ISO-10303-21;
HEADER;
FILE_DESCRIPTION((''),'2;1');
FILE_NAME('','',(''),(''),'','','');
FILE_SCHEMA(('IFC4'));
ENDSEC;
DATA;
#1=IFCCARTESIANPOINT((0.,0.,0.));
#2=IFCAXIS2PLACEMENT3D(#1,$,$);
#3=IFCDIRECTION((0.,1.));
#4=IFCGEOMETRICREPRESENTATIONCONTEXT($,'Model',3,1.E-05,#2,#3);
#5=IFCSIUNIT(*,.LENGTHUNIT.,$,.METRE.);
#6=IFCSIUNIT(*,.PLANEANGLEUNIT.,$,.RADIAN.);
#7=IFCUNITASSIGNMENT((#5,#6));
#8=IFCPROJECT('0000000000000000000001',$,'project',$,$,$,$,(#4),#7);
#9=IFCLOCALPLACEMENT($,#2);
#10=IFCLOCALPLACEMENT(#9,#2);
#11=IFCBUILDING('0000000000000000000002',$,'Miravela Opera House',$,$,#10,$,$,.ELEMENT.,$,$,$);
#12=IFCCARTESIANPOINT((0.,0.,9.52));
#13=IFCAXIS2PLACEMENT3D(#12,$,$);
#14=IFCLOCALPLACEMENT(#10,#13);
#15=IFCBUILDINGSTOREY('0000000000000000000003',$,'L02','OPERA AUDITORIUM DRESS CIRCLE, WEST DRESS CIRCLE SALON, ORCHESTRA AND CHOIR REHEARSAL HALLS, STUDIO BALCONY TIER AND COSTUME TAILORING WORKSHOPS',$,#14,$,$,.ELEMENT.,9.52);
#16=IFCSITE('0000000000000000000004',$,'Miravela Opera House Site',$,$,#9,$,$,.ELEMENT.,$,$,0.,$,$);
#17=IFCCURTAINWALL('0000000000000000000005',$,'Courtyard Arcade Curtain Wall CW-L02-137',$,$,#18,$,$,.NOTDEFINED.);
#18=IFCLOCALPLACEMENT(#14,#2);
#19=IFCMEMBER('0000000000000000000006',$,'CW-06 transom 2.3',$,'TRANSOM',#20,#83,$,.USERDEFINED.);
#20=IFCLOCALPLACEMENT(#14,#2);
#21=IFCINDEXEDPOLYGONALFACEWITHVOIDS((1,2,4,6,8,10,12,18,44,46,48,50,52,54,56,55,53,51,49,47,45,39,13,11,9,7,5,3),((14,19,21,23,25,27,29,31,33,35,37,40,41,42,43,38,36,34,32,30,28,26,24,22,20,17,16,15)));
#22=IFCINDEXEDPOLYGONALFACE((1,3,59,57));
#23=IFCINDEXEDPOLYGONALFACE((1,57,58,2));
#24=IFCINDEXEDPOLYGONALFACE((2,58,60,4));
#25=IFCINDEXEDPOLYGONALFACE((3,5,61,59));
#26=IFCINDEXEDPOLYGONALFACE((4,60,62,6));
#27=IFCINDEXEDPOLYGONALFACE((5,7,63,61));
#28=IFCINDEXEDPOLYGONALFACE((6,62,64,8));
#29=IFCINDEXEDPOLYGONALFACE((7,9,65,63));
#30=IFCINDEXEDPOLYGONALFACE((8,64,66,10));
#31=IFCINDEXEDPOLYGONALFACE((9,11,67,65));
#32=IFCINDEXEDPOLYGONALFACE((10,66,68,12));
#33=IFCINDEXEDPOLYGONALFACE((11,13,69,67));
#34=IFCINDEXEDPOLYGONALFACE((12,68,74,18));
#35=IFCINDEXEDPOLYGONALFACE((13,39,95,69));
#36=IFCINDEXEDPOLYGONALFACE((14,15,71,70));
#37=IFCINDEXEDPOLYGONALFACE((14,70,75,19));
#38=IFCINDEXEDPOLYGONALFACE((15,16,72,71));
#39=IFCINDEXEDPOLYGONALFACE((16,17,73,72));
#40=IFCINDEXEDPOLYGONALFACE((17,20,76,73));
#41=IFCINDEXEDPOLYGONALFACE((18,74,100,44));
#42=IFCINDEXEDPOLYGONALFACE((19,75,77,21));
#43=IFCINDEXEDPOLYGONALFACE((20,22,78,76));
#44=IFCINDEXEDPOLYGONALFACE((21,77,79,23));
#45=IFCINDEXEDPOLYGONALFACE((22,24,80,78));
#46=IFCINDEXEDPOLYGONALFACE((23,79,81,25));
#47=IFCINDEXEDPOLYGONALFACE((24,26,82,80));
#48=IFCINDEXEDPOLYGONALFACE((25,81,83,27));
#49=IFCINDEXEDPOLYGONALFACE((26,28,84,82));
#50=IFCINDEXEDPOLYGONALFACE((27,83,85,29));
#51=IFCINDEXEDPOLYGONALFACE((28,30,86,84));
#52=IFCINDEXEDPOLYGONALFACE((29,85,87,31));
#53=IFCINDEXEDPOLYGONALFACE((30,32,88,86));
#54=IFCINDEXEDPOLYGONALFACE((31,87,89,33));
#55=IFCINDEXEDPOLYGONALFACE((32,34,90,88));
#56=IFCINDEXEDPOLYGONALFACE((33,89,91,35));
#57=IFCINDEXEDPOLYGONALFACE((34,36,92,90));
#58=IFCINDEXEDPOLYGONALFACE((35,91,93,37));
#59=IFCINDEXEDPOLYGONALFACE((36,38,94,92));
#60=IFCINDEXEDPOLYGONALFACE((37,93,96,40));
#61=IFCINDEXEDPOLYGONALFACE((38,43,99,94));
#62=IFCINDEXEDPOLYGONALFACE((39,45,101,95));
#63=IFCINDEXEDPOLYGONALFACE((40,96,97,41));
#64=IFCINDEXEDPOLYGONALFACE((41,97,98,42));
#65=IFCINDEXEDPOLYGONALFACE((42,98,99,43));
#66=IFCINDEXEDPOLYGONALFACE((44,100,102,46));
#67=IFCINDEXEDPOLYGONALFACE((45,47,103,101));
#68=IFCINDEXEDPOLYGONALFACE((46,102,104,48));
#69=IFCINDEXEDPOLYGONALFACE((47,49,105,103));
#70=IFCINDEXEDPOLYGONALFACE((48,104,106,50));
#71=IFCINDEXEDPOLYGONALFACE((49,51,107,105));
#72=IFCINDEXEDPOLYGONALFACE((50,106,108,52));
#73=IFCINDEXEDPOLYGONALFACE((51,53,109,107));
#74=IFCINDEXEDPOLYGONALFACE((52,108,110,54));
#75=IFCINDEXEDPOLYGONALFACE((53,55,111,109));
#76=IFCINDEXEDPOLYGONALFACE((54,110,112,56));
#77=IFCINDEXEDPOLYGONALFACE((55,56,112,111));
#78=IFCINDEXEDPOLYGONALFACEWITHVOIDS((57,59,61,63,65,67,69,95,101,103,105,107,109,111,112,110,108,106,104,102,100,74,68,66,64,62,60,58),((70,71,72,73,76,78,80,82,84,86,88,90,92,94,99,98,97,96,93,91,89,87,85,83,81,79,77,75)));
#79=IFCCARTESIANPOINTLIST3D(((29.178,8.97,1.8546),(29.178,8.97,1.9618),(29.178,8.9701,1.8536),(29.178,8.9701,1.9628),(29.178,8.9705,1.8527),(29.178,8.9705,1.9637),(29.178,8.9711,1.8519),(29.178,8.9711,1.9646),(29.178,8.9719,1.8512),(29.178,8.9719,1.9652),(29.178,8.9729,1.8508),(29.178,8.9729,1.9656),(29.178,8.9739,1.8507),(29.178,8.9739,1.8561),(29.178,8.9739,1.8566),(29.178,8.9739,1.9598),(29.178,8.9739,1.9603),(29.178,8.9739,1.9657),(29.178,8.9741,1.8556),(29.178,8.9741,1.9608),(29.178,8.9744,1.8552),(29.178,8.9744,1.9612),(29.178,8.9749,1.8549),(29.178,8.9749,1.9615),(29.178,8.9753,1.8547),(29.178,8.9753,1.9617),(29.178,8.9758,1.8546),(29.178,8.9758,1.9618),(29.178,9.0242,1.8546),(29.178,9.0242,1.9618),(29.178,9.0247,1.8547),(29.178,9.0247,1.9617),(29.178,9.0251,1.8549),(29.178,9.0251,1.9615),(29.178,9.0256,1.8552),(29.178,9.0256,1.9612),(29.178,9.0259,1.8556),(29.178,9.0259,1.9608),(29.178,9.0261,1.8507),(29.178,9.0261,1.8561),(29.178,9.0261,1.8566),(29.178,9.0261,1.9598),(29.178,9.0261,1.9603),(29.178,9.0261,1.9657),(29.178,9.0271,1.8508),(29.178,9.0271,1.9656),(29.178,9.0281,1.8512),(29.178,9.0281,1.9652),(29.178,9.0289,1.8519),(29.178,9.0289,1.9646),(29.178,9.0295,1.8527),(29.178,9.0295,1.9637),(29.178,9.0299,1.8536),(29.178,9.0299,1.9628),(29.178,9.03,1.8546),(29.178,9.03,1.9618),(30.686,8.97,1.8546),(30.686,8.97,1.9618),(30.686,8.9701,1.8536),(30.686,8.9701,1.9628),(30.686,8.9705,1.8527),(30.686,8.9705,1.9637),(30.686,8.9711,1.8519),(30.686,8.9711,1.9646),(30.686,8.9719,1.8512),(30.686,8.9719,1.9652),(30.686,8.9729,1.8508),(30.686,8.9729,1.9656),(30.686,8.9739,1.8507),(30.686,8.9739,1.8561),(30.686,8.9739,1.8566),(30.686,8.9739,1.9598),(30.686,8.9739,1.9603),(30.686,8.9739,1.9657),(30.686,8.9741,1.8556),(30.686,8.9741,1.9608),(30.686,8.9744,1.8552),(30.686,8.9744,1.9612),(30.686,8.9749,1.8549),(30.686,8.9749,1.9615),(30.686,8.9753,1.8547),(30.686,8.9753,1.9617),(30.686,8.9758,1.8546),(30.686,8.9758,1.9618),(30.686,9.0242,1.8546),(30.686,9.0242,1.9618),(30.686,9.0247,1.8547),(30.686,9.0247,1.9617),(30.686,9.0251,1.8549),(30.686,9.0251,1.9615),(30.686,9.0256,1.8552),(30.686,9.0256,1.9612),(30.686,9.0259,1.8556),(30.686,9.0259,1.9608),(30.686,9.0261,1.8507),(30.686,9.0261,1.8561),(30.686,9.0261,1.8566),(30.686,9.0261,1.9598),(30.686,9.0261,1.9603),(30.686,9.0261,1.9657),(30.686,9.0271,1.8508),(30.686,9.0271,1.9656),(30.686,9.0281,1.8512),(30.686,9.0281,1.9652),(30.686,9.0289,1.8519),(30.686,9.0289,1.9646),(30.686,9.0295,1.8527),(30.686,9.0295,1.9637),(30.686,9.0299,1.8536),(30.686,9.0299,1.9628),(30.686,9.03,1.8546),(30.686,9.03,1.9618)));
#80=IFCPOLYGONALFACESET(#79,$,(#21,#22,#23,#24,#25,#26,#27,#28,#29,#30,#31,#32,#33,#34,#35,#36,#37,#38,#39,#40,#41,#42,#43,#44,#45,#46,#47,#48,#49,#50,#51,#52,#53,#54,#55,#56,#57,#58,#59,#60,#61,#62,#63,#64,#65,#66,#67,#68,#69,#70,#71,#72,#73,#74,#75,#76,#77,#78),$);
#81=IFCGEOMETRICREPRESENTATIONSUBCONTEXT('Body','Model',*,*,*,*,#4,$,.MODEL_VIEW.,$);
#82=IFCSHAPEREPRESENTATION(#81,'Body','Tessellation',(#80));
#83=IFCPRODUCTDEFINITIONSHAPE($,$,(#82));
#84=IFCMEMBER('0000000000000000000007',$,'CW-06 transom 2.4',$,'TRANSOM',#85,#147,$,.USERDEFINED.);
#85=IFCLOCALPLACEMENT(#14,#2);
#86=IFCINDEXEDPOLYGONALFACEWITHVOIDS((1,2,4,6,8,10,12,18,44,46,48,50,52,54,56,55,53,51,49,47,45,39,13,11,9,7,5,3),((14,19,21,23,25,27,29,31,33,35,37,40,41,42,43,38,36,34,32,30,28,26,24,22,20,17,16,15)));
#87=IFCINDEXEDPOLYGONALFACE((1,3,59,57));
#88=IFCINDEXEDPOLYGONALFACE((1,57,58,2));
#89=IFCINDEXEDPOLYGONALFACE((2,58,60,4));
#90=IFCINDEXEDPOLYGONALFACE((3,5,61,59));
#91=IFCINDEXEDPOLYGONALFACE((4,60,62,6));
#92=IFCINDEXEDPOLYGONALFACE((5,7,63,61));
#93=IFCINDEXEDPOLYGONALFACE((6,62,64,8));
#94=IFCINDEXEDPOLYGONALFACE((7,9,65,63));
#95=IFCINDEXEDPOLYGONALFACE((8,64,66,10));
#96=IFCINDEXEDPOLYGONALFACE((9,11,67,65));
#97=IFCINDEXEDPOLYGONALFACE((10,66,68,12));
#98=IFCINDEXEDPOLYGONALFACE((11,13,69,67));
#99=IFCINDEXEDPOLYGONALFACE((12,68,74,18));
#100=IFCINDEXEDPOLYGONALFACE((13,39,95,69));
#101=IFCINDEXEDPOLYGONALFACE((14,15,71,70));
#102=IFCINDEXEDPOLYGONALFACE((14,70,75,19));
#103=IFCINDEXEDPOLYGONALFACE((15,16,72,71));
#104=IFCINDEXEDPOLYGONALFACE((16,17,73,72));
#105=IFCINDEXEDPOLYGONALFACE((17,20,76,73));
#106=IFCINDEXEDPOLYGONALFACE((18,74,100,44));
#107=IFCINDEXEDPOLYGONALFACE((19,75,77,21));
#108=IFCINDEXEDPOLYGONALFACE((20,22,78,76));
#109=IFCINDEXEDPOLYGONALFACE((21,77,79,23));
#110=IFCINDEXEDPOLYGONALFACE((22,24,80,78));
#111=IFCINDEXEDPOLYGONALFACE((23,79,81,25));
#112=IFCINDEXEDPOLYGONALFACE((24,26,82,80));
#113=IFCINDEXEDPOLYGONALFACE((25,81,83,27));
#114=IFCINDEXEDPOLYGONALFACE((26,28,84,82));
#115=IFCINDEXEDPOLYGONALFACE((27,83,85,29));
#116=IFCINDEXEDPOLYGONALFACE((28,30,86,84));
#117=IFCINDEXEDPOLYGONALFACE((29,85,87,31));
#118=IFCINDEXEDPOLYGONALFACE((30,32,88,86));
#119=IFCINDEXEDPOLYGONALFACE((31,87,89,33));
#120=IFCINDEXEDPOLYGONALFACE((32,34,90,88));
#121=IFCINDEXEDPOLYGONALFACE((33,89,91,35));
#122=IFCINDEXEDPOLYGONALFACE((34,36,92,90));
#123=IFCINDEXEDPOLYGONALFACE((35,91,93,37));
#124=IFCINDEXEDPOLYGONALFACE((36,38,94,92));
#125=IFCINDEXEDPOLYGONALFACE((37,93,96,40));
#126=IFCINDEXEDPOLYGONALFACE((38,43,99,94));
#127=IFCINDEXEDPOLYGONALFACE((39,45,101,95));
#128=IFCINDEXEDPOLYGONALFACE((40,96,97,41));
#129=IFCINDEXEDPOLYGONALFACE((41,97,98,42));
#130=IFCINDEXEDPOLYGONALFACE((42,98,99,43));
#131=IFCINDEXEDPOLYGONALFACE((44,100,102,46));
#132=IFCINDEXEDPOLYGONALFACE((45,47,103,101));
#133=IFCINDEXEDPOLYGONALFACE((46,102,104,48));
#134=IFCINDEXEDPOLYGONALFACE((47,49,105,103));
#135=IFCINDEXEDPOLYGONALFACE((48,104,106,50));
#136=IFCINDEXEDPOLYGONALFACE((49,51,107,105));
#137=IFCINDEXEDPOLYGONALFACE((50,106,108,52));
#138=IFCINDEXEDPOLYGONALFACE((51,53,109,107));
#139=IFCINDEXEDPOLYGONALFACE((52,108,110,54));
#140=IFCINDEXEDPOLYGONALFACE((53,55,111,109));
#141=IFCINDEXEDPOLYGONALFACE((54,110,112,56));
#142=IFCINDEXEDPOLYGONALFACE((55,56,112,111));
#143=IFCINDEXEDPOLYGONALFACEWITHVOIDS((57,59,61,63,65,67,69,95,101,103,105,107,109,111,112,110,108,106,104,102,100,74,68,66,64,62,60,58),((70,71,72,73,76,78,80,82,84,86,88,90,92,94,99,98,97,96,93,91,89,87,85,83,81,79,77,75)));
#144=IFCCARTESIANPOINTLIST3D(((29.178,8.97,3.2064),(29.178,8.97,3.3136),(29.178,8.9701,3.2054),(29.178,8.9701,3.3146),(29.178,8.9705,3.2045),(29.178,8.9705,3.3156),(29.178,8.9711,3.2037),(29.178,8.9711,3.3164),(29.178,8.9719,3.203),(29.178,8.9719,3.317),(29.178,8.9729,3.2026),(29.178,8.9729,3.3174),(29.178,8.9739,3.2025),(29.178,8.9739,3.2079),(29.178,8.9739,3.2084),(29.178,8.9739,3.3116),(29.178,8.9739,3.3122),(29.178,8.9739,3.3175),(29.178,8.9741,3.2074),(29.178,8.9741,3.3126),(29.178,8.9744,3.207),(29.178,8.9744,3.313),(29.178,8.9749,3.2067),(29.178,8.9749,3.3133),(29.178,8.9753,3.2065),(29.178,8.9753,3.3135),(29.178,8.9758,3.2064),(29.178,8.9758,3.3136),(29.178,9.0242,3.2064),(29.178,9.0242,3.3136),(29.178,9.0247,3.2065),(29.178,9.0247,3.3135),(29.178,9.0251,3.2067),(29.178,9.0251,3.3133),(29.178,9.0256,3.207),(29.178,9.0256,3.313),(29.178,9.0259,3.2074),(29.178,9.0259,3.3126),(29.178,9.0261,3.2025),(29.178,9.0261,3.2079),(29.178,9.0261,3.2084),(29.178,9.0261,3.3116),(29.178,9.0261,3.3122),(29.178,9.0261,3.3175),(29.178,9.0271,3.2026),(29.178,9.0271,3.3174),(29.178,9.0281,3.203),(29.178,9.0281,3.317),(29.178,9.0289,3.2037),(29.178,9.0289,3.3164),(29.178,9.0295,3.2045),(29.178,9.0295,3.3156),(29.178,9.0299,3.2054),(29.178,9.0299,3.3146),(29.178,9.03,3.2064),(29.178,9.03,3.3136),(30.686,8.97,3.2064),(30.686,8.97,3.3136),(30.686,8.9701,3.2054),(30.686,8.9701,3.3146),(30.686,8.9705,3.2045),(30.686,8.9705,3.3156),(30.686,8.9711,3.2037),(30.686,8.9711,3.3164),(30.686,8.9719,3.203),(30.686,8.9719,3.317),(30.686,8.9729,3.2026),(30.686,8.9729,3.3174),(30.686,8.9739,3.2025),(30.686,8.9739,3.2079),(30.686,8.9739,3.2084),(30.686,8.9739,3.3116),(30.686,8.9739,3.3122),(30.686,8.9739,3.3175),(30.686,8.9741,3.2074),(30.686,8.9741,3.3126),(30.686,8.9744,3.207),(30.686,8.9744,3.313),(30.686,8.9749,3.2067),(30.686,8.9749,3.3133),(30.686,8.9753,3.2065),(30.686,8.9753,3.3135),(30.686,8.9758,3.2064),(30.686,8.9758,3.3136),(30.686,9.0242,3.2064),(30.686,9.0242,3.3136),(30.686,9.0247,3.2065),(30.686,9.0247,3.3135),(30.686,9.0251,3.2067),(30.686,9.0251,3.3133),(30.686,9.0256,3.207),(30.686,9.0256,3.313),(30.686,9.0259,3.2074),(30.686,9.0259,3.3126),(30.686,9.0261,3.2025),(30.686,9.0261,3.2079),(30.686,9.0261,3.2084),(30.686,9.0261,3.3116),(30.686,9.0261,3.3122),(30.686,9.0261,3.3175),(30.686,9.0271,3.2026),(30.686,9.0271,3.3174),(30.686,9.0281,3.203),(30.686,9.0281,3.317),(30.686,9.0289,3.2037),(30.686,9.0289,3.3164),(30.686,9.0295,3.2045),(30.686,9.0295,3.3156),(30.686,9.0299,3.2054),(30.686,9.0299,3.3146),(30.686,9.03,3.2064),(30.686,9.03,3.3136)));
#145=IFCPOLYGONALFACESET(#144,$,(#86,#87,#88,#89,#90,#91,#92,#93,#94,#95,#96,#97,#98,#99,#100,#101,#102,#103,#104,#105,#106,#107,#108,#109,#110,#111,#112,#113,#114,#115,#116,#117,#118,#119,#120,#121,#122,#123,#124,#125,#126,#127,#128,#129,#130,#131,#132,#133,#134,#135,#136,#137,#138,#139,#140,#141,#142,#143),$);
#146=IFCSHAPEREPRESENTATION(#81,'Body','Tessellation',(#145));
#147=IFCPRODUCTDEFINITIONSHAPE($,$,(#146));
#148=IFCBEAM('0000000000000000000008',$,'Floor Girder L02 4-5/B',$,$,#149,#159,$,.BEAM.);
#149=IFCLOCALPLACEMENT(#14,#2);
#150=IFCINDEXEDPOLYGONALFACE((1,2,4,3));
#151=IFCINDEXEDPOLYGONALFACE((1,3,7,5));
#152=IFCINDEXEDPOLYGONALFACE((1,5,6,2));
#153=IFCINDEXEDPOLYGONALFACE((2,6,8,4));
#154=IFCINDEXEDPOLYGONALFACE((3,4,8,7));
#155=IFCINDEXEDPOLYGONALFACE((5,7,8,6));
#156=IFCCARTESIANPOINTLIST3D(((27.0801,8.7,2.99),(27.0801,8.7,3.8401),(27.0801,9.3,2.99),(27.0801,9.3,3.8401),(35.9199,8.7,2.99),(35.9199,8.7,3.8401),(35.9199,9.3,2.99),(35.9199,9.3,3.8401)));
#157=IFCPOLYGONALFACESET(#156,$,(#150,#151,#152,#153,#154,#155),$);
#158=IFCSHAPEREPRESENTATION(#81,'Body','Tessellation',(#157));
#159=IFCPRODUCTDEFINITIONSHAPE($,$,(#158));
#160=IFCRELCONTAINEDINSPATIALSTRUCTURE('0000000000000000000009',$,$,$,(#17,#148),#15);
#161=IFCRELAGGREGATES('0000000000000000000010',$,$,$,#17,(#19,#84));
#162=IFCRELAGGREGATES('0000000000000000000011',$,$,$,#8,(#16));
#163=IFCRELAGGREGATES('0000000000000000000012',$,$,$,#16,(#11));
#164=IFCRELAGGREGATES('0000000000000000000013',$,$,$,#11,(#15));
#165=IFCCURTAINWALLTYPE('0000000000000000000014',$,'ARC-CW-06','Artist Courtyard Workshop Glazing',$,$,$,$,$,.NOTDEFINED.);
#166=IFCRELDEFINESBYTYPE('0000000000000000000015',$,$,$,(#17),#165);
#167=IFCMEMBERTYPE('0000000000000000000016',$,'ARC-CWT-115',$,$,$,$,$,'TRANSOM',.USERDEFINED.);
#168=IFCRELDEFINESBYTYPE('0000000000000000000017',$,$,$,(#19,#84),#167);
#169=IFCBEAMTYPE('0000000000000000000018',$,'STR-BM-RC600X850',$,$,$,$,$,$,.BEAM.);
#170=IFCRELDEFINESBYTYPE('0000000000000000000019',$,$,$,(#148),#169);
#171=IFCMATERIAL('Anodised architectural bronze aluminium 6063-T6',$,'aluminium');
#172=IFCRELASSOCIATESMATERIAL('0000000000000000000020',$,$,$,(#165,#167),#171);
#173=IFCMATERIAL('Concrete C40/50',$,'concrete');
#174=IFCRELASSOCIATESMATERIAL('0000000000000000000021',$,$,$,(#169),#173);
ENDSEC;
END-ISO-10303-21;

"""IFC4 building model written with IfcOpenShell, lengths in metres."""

from ifc_helpers import new_model, si_unit, direction, frame, origin, origin_2d, place, context, subcontext, project, spatial, rectangle, hollow_rectangle, extrude, material, material_profile, profile_set, type_object, element, aggregate, save


model = new_model("IFC4")

# Units and contexts
model_context = context("Model", 3, precision=1e-05, world=origin(), true_north=direction((0.0, 1.0)))
body_context = subcontext(model_context, "Body", "Model", "MODEL_VIEW")
ifc_project = project(units=[si_unit("LENGTHUNIT", "METRE"), si_unit("PLANEANGLEUNIT", "RADIAN")], contexts=[model_context])

# Site, building, storey
site_placement = place(None, origin())
site = spatial("IfcSite", under=ifc_project, at=site_placement, Name="Miravela Opera House Site", CompositionType="ELEMENT", RefElevation=0.0)
building_placement = place(site_placement, origin())
building = spatial("IfcBuilding", under=site, at=building_placement, Name="Miravela Opera House", CompositionType="ELEMENT")
storey_placement = place(building_placement, frame((0.0, 0.0, 9.52)))
storey = spatial("IfcBuildingStorey", under=building, at=storey_placement, Name="L02", Description="OPERA AUDITORIUM DRESS CIRCLE, WEST DRESS CIRCLE SALON, ORCHESTRA AND CHOIR REHEARSAL HALLS, STUDIO BALCONY TIER AND COSTUME TAILORING WORKSHOPS", CompositionType="ELEMENT", Elevation=9.52)

# Curtain wall, members
ifc_material_1 = material(Name="Anodised architectural bronze aluminium 6063-T6", Category="aluminium")
curtain_wall_type = type_object("IfcCurtainWallType", Name="ARC-CW-06", Description="Artist Courtyard Workshop Glazing", PredefinedType="NOTDEFINED", material=ifc_material_1)
curtain_wall_placement = place(storey_placement, origin())
curtain_wall = element("IfcCurtainWall", 1, at=curtain_wall_placement, inside=storey, type_object=curtain_wall_type, Name="Courtyard Arcade Curtain Wall CW-L02-137", PredefinedType="NOTDEFINED")
ifc_material_profile_1 = material_profile(ifc_material_1, hollow_rectangle(XDim=0.0601, YDim=0.115, WallThickness=0.0039, InnerFilletRadius=0.002, OuterFilletRadius=0.0039, at=origin_2d()), Name="CWT-60X115")
ifc_profile_set_1 = profile_set([ifc_material_profile_1])
member_type_1 = type_object("IfcMemberType", Name="ARC-CWT-115", ElementType="TRANSOM", PredefinedType="USERDEFINED", material=ifc_profile_set_1)
member_1_placement = place(storey_placement, frame((29.178, 9.0, 1.9082), z_axis=(1.0, 0.0, 0.0), x_axis=(0.0, 1.0, 0.0)))
member_1 = element("IfcMember", 2, at=member_1_placement, type_object=member_type_1, Name="CW-06 transom 2.3", ObjectType="TRANSOM", PredefinedType="USERDEFINED", context=body_context, shape_type="SweptSolid", body=[
    extrude(hollow_rectangle(XDim=0.0601, YDim=0.115, WallThickness=0.0039, InnerFilletRadius=0.002, OuterFilletRadius=0.0039, at=origin_2d()), origin(), (0.0, 0.0, 1.0), 1.5081),
])
member_2_placement = place(storey_placement, frame((29.178, 9.0, 3.26), z_axis=(1.0, 0.0, 0.0), x_axis=(0.0, 1.0, 0.0)))
member_2 = element("IfcMember", 3, at=member_2_placement, type_object=member_type_1, Name="CW-06 transom 2.4", ObjectType="TRANSOM", PredefinedType="USERDEFINED", context=body_context, shape_type="SweptSolid", body=[
    extrude(hollow_rectangle(XDim=0.0601, YDim=0.115, WallThickness=0.0039, InnerFilletRadius=0.002, OuterFilletRadius=0.0039, at=origin_2d()), origin(), (0.0, 0.0, 1.0), 1.5081),
])

# Beam
ifc_material_2 = material(Name="Concrete C40/50", Category="concrete")
ifc_material_profile_2 = material_profile(ifc_material_2, rectangle(XDim=0.6001, YDim=0.8501, at=origin_2d()), Name="RC-BM-600X850")
ifc_profile_set_2 = profile_set([ifc_material_profile_2])
beam_type = type_object("IfcBeamType", Name="STR-BM-RC600X850", PredefinedType="BEAM", material=ifc_profile_set_2)
beam_placement = place(storey_placement, frame((27.0801, 9.0, 3.415), z_axis=(1.0, 0.0, 0.0), x_axis=(0.0, 1.0, 0.0)))
element("IfcBeam", 4, at=beam_placement, inside=storey, type_object=beam_type, Name="Floor Girder L02 4-5/B", PredefinedType="BEAM", context=body_context, shape_type="SweptSolid", body=[
    extrude(rectangle(XDim=0.6001, YDim=0.8501, at=origin_2d()), origin(), (0.0, 0.0, 1.0), 8.8398),
])

aggregate(curtain_wall, [member_1, member_2])

save(model, "model.ifc")
